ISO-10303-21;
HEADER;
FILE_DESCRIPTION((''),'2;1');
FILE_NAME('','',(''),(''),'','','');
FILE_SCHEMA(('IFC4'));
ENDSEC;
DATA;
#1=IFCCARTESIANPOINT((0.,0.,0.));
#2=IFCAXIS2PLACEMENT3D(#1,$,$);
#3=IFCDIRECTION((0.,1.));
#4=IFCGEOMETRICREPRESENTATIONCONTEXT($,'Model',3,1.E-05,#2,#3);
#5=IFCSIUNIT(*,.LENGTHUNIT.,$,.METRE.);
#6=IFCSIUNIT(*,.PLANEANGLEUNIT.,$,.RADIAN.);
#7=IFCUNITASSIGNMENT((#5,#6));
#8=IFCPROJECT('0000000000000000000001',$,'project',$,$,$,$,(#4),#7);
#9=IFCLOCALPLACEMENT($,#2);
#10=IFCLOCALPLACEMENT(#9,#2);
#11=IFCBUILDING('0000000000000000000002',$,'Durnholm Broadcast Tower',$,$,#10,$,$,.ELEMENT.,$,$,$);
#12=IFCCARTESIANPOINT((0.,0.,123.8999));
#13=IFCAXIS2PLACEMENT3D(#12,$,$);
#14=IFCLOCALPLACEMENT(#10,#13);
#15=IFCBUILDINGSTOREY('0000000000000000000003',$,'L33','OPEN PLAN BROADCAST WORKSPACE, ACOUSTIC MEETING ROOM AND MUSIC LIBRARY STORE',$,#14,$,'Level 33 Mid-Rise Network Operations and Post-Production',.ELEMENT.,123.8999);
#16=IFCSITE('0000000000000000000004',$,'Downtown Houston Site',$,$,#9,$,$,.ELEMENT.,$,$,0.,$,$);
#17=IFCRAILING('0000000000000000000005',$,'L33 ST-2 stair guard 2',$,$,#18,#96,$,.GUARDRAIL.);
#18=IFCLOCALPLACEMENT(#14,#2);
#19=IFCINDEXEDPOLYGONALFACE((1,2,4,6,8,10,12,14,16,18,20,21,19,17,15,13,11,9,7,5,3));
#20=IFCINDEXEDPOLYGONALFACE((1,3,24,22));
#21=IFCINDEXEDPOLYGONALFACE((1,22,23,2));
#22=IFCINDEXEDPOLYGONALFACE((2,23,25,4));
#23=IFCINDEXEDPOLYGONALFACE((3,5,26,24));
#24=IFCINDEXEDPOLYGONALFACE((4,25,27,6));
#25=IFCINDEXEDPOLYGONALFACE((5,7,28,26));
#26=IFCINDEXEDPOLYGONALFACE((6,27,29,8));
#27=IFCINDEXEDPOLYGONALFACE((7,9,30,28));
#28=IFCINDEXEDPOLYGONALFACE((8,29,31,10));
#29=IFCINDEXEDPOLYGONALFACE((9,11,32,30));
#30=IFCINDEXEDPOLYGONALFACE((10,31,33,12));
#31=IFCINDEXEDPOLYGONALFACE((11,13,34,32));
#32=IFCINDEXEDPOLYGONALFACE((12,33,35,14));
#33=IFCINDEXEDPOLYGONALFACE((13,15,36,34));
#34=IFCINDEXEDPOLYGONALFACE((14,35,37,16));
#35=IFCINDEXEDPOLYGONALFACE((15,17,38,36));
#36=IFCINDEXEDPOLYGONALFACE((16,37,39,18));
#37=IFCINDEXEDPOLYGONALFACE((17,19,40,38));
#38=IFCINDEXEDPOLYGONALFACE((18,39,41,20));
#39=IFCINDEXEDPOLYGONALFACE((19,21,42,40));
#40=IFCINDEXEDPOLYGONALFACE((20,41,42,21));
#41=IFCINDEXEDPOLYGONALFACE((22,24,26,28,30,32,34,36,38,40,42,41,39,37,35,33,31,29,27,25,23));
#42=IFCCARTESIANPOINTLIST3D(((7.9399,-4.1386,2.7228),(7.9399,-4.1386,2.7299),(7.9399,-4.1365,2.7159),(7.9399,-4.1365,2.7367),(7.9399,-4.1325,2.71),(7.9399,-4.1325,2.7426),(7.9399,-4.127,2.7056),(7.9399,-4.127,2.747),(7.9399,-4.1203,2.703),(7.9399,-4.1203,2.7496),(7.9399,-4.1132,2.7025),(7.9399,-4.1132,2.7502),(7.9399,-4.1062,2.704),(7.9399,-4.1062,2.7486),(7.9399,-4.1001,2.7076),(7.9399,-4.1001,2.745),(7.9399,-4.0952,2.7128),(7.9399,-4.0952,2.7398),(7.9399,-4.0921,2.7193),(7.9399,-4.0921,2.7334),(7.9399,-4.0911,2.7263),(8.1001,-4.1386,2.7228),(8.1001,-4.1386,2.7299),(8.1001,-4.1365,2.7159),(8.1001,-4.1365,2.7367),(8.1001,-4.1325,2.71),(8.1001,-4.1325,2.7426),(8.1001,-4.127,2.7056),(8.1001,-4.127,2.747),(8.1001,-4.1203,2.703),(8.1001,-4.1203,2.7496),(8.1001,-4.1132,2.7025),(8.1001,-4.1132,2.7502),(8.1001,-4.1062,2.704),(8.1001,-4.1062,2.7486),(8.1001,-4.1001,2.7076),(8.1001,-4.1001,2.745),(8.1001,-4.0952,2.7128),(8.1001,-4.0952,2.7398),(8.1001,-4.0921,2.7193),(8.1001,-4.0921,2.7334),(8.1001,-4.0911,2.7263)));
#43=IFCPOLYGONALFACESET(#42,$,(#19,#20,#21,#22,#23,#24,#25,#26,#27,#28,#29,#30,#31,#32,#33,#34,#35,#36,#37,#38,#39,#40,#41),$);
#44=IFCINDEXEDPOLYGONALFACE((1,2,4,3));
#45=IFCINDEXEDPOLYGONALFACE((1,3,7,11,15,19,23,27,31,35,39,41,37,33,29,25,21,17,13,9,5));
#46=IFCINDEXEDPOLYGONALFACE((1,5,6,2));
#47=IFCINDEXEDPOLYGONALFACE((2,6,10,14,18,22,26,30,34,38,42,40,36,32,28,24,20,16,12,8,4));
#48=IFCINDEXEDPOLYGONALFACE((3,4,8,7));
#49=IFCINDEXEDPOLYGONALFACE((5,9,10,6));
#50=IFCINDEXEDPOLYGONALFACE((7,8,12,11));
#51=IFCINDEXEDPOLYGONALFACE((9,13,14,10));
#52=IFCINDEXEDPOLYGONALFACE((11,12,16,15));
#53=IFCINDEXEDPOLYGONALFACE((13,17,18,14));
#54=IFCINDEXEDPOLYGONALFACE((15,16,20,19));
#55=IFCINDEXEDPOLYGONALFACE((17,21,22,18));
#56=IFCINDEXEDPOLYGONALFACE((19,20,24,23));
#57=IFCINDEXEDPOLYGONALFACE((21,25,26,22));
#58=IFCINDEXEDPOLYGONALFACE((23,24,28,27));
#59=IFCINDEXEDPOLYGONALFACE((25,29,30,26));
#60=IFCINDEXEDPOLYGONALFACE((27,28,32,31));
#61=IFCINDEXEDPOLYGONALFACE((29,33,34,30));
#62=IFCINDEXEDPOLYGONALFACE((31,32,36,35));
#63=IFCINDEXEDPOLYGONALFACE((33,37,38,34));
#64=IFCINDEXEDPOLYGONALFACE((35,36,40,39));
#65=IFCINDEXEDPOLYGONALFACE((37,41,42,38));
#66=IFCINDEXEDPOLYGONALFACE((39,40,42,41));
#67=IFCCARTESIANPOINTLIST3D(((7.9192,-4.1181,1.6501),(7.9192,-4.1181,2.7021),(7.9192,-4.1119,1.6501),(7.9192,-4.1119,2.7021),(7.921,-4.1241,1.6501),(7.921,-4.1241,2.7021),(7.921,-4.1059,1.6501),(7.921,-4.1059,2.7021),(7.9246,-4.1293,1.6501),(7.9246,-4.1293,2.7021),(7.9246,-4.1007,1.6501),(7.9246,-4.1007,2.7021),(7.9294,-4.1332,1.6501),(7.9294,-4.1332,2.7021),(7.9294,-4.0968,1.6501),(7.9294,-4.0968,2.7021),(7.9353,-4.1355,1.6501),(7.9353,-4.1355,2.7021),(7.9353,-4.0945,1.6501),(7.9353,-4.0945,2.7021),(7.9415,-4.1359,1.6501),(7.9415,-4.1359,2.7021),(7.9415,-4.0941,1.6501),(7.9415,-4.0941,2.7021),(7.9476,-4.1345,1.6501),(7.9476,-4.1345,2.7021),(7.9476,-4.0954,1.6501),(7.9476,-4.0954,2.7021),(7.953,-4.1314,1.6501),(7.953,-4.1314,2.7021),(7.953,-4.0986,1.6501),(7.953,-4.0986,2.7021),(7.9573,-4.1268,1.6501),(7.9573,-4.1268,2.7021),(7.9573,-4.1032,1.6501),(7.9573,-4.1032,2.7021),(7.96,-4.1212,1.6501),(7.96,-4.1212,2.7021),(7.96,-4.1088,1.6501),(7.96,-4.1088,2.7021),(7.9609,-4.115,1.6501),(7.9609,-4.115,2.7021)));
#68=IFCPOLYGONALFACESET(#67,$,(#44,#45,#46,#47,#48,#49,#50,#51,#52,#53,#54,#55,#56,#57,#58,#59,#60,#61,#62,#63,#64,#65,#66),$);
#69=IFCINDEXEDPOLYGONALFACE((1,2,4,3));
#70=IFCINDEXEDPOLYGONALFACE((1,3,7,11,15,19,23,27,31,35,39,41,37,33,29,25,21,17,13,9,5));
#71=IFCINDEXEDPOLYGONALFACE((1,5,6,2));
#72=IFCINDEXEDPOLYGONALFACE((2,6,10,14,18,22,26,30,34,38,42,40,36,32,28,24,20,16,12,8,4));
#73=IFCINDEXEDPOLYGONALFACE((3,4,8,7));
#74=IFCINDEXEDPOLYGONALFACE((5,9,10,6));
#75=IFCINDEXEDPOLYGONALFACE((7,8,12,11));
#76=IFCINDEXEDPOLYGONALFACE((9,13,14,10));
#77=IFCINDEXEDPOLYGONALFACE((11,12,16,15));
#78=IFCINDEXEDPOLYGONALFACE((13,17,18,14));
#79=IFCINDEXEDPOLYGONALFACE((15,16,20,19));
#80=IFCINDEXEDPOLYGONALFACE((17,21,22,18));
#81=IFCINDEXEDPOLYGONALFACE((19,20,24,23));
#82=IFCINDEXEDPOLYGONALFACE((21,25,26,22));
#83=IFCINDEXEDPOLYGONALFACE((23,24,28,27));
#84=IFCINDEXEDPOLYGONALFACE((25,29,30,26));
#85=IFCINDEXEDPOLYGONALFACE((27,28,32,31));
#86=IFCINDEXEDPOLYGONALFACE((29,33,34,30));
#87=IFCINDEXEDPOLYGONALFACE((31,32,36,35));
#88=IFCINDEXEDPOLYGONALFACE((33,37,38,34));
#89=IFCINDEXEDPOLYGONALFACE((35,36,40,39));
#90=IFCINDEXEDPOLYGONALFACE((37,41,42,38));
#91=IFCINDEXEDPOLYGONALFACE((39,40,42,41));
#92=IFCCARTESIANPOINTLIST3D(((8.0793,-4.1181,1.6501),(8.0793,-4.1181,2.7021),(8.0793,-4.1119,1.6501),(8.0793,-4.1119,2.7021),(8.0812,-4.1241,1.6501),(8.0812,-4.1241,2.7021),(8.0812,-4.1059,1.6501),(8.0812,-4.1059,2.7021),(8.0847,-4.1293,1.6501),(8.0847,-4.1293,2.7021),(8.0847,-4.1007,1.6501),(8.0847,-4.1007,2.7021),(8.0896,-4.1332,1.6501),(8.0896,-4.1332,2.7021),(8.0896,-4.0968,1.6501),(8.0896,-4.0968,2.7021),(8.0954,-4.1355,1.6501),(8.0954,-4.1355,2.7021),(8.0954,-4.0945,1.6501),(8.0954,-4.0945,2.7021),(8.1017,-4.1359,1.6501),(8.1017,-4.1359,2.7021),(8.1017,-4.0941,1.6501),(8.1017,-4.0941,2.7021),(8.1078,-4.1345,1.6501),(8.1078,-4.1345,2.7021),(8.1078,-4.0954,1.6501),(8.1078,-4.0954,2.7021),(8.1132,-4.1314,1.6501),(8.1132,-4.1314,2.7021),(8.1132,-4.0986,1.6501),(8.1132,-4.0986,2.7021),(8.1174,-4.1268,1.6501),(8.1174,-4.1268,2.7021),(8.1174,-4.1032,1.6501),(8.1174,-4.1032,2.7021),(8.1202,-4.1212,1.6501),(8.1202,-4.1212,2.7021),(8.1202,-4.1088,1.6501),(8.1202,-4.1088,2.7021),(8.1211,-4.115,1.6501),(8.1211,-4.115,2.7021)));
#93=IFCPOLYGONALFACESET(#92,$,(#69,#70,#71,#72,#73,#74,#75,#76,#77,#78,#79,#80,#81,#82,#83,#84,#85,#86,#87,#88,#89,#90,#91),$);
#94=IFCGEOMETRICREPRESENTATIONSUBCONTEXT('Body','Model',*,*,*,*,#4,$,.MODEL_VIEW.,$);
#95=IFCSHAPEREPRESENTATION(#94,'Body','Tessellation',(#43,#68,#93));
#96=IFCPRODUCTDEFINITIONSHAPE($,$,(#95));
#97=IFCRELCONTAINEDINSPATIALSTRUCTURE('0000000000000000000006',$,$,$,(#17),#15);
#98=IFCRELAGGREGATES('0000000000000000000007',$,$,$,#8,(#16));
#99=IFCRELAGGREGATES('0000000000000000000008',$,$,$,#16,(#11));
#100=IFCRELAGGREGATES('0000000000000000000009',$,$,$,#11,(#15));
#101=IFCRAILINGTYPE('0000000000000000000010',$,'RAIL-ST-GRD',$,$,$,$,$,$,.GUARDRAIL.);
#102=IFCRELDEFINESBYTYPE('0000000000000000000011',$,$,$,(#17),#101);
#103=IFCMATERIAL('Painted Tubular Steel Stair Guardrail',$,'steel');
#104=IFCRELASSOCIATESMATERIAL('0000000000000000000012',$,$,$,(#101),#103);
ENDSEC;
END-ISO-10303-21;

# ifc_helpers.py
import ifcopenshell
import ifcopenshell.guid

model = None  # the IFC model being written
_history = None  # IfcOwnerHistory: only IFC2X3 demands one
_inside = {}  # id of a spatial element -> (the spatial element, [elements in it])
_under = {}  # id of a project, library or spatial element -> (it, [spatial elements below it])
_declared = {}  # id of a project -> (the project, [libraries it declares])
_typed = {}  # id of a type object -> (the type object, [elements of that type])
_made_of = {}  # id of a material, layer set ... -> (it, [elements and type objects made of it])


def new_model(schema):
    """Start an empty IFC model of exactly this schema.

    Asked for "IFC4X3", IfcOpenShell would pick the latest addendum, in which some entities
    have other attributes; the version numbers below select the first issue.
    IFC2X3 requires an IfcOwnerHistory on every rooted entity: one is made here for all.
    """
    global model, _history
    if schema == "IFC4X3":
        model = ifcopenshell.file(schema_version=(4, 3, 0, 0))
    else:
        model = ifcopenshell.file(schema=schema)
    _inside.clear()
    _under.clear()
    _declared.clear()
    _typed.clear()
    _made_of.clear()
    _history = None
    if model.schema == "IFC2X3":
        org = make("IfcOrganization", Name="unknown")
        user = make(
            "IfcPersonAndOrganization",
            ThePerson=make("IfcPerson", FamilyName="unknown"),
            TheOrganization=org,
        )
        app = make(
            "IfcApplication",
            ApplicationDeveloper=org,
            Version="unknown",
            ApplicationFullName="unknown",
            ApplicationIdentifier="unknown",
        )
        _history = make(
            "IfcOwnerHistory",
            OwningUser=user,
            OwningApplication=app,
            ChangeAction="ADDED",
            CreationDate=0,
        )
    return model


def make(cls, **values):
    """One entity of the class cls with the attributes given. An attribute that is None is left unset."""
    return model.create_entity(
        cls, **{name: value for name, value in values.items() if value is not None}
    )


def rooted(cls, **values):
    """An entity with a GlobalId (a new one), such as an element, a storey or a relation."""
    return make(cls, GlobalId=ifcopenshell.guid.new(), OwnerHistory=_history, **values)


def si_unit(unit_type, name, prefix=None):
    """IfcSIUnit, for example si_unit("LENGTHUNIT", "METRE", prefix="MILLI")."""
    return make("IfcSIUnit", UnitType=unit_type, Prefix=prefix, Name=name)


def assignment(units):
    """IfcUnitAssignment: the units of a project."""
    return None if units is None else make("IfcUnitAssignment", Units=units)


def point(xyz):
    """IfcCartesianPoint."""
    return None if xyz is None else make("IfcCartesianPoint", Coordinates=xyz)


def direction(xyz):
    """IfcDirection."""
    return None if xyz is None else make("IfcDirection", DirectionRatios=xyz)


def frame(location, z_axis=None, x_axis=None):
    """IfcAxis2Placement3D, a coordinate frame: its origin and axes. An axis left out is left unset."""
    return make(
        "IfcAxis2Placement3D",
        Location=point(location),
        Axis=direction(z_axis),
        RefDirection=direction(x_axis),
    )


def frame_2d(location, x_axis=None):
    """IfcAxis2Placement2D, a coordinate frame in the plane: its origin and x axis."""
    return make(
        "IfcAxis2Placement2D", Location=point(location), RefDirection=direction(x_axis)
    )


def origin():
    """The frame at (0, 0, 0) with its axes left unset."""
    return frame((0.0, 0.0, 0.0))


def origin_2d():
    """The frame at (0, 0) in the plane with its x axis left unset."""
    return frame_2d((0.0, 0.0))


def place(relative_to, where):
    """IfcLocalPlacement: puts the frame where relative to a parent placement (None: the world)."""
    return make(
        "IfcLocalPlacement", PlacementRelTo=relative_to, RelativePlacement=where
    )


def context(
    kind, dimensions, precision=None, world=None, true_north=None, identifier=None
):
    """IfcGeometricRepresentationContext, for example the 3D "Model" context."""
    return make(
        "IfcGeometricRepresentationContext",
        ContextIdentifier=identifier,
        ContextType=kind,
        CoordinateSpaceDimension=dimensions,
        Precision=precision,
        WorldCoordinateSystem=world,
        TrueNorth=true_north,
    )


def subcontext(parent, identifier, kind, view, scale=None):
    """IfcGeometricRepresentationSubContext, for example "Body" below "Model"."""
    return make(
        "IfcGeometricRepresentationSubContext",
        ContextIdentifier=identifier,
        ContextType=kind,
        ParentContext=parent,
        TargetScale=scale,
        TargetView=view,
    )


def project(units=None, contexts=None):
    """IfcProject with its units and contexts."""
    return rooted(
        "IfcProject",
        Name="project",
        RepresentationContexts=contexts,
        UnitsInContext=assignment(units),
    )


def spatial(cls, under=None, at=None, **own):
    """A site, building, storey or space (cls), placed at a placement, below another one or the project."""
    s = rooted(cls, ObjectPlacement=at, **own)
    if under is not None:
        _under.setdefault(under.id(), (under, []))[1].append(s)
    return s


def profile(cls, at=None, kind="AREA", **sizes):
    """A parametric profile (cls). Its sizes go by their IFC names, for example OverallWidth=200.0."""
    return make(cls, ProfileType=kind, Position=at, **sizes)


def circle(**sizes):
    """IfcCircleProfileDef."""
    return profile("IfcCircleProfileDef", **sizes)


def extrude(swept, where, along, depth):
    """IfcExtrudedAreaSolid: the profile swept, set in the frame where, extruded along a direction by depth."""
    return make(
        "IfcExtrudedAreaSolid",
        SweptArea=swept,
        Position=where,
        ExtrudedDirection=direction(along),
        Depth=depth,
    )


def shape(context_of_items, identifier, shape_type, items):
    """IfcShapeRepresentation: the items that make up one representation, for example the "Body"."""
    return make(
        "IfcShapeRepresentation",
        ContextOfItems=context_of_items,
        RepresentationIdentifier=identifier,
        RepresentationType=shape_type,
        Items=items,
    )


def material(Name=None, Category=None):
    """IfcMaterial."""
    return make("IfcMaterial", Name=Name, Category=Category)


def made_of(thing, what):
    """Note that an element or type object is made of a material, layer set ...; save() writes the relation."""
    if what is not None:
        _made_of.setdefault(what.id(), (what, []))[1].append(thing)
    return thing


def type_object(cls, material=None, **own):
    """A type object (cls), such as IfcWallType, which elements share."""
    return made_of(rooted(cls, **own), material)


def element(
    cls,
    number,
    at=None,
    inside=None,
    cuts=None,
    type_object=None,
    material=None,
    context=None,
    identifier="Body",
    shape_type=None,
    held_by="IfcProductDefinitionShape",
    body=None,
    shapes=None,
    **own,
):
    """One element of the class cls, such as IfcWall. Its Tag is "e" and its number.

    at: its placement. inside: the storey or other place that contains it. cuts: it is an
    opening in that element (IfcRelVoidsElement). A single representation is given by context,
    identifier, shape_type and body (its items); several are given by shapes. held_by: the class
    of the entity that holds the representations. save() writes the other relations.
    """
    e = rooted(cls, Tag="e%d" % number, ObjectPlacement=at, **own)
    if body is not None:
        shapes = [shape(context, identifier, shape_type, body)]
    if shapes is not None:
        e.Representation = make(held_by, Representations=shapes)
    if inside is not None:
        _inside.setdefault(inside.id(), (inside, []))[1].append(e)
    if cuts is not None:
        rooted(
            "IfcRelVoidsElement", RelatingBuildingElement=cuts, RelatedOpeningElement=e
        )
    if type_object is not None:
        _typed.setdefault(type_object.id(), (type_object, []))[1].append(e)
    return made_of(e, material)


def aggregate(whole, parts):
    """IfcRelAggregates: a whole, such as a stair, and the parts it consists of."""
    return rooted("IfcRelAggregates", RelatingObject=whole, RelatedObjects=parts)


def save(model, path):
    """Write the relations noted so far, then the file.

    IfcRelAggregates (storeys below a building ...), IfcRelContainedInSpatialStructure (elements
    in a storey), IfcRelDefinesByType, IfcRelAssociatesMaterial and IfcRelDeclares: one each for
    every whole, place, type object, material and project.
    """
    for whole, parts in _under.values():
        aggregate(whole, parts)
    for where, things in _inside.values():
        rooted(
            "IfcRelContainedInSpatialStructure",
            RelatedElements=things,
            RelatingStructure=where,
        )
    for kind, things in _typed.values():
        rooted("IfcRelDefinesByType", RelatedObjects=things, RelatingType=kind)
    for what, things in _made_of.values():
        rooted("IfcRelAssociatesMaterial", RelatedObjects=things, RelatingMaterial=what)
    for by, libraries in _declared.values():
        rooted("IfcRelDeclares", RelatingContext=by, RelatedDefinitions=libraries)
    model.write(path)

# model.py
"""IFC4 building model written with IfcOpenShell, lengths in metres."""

from ifc_helpers import new_model, si_unit, direction, frame, origin, origin_2d, place, context, subcontext, project, spatial, circle, extrude, material, type_object, element, save


model = new_model("IFC4")

# Units and contexts
model_context = context("Model", 3, precision=1e-05, world=origin(), true_north=direction((0.0, 1.0)))
body_context = subcontext(model_context, "Body", "Model", "MODEL_VIEW")
ifc_project = project(units=[si_unit("LENGTHUNIT", "METRE"), si_unit("PLANEANGLEUNIT", "RADIAN")], contexts=[model_context])

# Site, building, storey
site_placement = place(None, origin())
site = spatial("IfcSite", under=ifc_project, at=site_placement, Name="Downtown Houston Site", CompositionType="ELEMENT", RefElevation=0.0)
building_placement = place(site_placement, origin())
building = spatial("IfcBuilding", under=site, at=building_placement, Name="Durnholm Broadcast Tower", CompositionType="ELEMENT")
storey_placement = place(building_placement, frame((0.0, 0.0, 123.8999)))
storey = spatial("IfcBuildingStorey", under=building, at=storey_placement, Name="L33", Description="OPEN PLAN BROADCAST WORKSPACE, ACOUSTIC MEETING ROOM AND MUSIC LIBRARY STORE", LongName="Level 33 Mid-Rise Network Operations and Post-Production", CompositionType="ELEMENT", Elevation=123.8999)

# Railing
ifc_material_1 = material(Name="Painted Tubular Steel Stair Guardrail", Category="steel")
railing_type_1 = type_object("IfcRailingType", Name="RAIL-ST-GRD", PredefinedType="GUARDRAIL", material=ifc_material_1)
railing_1_placement = place(storey_placement, frame((7.9399, -4.115, 1.6501)))
element("IfcRailing", 1, at=railing_1_placement, inside=storey, type_object=railing_type_1, Name="L33 ST-2 stair guard 2", PredefinedType="GUARDRAIL", context=body_context, shape_type="SweptSolid", body=[
    extrude(circle(Radius=0.0239, at=origin_2d()), frame((0.0, 0.0, 1.0762), z_axis=(1.0, 0.0, 0.0), x_axis=(0.0, 1.0, 0.0)), (0.0, 0.0, 1.0), 0.1602),
    extrude(circle(Radius=0.021, at=origin_2d()), origin(), (0.0, 0.0, 1.0), 1.052),
    extrude(circle(Radius=0.021, at=origin_2d()), frame((0.1602, 0.0, 0.0)), (0.0, 0.0, 1.0), 1.052),
])

save(model, "model.ifc")
